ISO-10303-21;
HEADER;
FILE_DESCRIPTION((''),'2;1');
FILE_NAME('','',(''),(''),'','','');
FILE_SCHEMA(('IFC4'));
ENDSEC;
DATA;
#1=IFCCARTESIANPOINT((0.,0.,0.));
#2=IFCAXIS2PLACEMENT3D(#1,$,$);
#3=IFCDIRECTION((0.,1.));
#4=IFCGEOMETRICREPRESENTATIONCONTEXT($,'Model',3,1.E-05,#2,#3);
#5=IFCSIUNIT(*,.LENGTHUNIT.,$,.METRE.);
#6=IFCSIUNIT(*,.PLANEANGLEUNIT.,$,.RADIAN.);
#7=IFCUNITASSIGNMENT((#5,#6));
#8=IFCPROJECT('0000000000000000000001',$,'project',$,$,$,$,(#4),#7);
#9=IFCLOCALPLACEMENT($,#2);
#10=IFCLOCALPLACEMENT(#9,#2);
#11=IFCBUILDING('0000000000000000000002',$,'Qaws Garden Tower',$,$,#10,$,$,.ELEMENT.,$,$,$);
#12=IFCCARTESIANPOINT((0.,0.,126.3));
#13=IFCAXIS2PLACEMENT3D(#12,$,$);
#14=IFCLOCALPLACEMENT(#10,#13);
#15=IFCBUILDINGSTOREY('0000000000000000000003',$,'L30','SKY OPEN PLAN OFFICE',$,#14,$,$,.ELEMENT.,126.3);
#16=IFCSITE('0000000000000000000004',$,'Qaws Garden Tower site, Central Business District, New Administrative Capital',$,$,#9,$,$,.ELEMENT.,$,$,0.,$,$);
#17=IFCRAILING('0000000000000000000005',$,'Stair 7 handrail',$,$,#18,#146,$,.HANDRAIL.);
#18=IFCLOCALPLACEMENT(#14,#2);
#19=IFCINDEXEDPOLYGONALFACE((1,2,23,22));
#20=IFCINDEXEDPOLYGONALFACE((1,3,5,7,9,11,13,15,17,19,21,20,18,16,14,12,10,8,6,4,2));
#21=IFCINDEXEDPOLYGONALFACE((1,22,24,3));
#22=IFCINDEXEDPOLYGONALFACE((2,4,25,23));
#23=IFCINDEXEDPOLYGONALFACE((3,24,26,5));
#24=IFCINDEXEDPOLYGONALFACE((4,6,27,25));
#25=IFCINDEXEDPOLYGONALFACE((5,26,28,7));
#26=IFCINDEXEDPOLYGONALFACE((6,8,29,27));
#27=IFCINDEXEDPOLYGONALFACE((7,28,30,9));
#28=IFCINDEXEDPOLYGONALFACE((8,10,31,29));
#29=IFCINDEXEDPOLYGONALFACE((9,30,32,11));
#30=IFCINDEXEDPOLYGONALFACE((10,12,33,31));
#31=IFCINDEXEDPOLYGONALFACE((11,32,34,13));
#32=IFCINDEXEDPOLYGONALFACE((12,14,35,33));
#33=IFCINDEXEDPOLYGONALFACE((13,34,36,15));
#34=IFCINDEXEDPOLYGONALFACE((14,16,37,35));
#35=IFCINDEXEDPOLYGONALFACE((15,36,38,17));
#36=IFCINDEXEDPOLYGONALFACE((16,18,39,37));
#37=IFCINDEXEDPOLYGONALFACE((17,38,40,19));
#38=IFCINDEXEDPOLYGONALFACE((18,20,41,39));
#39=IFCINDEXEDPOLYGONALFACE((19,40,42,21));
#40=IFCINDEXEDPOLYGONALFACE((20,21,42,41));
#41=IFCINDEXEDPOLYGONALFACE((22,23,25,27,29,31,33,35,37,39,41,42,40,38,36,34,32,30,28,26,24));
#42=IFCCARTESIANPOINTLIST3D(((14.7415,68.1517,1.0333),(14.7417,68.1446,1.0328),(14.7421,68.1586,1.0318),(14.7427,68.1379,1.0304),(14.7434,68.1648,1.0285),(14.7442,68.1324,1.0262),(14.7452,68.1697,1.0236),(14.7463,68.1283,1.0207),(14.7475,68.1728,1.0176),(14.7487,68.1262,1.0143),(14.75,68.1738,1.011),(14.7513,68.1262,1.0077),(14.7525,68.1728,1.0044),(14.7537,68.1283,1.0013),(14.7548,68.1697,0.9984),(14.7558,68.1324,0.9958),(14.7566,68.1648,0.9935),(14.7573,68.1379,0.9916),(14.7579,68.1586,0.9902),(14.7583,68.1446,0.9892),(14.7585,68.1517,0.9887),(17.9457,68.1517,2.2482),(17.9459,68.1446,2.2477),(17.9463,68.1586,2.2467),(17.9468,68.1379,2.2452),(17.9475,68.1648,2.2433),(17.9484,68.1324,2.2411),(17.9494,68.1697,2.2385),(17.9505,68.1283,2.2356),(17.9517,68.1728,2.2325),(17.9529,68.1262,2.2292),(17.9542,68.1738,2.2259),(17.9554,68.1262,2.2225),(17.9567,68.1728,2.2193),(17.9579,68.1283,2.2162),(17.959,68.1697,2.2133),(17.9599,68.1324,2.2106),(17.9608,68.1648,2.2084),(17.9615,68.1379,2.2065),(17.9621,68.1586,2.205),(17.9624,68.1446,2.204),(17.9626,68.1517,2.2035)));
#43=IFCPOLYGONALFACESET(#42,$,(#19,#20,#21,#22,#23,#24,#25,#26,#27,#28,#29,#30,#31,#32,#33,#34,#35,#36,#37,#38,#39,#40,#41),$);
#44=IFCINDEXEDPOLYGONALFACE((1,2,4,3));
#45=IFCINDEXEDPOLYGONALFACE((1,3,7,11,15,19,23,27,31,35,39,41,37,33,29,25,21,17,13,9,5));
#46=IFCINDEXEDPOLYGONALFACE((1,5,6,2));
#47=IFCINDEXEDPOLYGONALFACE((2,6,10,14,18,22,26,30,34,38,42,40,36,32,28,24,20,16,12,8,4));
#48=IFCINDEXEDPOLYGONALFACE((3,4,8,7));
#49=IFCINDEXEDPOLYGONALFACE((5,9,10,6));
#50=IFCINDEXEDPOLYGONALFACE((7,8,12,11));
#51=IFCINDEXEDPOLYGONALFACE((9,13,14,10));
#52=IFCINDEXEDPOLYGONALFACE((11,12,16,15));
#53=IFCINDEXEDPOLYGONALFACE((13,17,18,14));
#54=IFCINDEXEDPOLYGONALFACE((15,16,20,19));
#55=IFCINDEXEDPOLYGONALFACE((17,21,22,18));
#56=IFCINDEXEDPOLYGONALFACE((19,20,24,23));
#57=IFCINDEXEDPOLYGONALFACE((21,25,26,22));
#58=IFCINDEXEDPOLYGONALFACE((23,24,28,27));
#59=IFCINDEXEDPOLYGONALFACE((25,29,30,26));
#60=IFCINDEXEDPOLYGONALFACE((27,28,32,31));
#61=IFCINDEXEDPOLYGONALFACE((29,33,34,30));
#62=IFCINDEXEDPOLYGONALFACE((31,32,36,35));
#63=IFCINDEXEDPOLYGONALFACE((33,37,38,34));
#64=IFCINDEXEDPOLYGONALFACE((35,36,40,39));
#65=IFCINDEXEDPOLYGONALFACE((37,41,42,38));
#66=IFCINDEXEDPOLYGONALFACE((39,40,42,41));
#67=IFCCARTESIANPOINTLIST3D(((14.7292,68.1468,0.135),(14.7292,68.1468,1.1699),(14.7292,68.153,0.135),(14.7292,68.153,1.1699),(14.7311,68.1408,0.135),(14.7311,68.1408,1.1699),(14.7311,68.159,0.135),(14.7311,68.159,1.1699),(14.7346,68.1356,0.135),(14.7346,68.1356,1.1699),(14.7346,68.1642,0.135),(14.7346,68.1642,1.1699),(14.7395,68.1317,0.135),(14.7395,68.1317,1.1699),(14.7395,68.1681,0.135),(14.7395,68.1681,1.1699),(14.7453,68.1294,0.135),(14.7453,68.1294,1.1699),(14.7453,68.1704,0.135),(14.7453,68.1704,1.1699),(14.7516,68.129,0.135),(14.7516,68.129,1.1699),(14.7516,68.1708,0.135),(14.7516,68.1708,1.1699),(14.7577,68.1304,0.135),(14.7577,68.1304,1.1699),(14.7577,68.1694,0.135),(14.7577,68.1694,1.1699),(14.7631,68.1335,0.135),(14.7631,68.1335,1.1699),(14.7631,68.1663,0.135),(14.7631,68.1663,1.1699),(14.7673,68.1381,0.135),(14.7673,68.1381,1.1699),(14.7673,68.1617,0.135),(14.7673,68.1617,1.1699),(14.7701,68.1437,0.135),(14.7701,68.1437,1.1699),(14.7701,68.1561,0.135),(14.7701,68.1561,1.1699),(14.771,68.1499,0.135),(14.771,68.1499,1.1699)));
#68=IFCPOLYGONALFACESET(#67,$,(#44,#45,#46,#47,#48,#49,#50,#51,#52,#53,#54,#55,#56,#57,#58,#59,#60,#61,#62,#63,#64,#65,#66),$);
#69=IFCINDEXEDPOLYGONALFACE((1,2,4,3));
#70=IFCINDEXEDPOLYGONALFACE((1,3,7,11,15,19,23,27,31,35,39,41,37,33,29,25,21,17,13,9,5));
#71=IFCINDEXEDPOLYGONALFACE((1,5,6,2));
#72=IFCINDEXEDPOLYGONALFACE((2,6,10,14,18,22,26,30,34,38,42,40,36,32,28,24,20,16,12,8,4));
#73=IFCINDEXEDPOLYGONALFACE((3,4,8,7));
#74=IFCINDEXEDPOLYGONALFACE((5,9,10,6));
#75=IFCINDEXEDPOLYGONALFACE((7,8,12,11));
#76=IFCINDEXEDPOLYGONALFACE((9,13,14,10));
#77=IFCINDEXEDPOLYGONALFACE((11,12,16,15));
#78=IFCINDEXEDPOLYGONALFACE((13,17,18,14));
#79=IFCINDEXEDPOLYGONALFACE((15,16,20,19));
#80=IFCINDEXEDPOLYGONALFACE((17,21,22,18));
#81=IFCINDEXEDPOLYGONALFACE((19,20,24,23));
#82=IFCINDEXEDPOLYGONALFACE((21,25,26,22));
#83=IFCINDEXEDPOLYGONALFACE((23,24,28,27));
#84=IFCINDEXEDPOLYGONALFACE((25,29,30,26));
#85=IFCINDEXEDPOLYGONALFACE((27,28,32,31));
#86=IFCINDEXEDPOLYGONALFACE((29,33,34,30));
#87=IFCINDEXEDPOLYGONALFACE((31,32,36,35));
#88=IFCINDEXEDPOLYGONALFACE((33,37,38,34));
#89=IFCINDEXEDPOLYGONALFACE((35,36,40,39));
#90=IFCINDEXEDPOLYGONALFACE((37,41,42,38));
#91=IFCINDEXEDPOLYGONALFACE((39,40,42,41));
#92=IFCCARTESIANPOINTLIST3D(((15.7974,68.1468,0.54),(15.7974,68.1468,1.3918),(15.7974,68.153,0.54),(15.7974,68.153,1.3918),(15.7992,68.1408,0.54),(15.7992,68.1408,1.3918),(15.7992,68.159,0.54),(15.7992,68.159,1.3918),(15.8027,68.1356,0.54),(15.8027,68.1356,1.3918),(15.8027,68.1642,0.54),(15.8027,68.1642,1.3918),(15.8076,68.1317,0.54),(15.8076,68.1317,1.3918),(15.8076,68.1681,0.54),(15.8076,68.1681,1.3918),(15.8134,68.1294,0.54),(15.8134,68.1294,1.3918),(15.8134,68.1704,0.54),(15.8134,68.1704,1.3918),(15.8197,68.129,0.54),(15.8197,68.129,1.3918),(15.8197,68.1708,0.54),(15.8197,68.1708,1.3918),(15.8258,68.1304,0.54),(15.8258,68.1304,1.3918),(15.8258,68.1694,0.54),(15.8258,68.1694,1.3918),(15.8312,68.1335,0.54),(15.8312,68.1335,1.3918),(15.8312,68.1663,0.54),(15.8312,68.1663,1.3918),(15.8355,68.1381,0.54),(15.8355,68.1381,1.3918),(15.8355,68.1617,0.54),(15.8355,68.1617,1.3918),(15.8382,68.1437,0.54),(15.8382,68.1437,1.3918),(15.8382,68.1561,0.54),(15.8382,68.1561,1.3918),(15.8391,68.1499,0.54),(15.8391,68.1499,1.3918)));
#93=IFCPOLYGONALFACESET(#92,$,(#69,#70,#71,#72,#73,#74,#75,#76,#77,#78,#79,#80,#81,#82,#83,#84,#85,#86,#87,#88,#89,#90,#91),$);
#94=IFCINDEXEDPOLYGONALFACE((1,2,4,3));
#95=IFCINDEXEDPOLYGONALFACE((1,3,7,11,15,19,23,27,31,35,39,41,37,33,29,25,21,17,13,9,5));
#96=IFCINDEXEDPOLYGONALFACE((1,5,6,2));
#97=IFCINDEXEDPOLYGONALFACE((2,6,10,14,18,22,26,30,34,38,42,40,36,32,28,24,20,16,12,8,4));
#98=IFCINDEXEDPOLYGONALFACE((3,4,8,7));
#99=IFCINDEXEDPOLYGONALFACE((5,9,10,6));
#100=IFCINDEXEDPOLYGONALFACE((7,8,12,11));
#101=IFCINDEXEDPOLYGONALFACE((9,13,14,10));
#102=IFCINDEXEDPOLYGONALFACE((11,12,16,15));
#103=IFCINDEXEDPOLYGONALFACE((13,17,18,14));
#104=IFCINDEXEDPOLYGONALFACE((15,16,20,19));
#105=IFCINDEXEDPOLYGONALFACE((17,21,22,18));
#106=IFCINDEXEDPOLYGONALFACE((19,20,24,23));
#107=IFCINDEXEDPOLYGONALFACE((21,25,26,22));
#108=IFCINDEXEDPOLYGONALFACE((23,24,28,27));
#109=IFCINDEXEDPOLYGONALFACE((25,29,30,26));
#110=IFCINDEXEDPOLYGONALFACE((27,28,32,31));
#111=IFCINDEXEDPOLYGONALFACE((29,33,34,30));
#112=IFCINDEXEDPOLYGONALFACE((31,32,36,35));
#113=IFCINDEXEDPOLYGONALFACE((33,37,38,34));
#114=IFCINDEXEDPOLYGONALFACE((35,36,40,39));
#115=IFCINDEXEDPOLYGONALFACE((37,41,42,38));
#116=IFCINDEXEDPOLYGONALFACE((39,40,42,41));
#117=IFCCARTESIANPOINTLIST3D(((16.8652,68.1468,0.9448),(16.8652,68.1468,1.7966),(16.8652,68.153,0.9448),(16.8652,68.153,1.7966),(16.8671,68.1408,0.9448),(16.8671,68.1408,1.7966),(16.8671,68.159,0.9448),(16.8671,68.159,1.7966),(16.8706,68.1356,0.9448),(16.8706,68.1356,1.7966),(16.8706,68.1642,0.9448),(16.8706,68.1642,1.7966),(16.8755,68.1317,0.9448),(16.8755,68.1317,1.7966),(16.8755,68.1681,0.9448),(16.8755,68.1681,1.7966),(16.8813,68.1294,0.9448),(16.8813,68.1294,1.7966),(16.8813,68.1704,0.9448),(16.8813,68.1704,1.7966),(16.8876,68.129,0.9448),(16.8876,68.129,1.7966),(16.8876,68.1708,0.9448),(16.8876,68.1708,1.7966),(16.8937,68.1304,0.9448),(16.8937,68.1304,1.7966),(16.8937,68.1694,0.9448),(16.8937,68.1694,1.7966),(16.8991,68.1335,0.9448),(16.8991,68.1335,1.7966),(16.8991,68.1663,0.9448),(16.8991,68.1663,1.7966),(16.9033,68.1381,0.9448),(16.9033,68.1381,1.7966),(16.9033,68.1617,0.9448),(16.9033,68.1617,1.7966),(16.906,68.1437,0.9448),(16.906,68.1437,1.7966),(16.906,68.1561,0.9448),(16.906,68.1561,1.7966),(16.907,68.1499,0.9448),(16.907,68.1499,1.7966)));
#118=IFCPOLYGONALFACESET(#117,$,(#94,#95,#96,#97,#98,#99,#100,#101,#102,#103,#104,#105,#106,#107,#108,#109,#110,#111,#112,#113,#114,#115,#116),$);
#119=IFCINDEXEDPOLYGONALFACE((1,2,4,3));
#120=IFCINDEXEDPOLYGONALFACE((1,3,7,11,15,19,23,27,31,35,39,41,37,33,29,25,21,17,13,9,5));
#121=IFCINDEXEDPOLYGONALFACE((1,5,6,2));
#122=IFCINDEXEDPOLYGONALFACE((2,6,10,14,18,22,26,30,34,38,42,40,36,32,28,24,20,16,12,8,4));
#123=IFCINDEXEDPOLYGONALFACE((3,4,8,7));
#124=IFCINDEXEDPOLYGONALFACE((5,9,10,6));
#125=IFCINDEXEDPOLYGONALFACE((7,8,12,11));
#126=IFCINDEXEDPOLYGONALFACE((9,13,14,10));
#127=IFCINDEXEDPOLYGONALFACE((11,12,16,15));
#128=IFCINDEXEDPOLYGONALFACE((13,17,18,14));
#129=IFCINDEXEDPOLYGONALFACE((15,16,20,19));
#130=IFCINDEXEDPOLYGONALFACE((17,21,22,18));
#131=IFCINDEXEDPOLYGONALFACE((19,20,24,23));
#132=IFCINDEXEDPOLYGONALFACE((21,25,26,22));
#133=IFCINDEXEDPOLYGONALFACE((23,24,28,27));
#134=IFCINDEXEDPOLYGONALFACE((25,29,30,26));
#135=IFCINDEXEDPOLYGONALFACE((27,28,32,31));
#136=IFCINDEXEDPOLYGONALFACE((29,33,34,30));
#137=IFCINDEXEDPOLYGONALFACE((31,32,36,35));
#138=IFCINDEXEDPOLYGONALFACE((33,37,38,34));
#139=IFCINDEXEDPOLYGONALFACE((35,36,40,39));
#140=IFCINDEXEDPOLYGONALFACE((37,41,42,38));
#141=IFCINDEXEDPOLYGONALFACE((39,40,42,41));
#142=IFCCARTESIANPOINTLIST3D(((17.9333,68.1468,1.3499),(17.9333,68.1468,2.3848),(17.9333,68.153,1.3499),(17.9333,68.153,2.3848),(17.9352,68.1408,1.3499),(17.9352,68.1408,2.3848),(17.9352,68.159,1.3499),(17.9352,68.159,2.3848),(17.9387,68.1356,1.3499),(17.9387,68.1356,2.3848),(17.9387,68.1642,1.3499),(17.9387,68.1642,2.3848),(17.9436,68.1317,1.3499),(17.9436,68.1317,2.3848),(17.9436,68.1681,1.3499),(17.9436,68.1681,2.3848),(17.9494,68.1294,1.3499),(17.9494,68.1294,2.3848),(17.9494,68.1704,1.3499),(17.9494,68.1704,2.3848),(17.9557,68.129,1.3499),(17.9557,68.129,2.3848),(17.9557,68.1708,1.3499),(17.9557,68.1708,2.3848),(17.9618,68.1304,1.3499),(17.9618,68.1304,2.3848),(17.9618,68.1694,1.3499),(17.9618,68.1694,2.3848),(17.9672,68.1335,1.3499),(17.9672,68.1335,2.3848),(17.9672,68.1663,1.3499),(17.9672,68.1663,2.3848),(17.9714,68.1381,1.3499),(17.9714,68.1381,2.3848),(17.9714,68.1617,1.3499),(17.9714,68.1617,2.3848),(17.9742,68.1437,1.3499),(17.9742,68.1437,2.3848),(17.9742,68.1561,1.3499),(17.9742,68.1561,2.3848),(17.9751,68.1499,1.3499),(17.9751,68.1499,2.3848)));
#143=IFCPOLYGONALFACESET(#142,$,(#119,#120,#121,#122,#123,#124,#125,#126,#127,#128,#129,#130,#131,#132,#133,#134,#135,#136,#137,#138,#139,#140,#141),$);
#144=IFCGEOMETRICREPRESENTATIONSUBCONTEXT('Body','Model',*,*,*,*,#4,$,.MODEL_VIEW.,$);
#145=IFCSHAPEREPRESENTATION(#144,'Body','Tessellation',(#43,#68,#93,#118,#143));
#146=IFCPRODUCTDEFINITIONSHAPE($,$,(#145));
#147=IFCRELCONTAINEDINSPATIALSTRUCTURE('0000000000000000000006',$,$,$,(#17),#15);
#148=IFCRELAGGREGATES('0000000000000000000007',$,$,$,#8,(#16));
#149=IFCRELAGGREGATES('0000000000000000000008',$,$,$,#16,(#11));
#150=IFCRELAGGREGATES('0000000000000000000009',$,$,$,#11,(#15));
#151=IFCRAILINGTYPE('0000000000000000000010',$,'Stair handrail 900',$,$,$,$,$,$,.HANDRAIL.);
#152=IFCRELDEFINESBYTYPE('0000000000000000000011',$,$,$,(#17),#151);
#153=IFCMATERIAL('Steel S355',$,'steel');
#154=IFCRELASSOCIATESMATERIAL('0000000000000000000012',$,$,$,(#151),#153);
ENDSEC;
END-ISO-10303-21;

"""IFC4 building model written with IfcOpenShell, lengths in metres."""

from ifc_helpers import new_model, si_unit, direction, frame, origin, origin_2d, place, context, subcontext, project, spatial, circle, extrude, material, type_object, element, save


model = new_model("IFC4")

# Units and contexts
model_context = context("Model", 3, precision=1e-05, world=origin(), true_north=direction((0.0, 1.0)))
body_context = subcontext(model_context, "Body", "Model", "MODEL_VIEW")
ifc_project = project(units=[si_unit("LENGTHUNIT", "METRE"), si_unit("PLANEANGLEUNIT", "RADIAN")], contexts=[model_context])

# Site, building, storey
site_placement = place(None, origin())
site = spatial("IfcSite", under=ifc_project, at=site_placement, Name="Qaws Garden Tower site, Central Business District, New Administrative Capital", CompositionType="ELEMENT", RefElevation=0.0)
building_placement = place(site_placement, origin())
building = spatial("IfcBuilding", under=site, at=building_placement, Name="Qaws Garden Tower", CompositionType="ELEMENT")
storey_placement = place(building_placement, frame((0.0, 0.0, 126.3)))
storey = spatial("IfcBuildingStorey", under=building, at=storey_placement, Name="L30", Description="SKY OPEN PLAN OFFICE", CompositionType="ELEMENT", Elevation=126.3)

# Railing
ifc_material_1 = material(Name="Steel S355", Category="steel")
railing_type = type_object("IfcRailingType", Name="Stair handrail 900", PredefinedType="HANDRAIL", material=ifc_material_1)
railing_1_placement = place(storey_placement, frame((14.75, 68.1499, 0.135)))
element("IfcRailing", 1, at=railing_1_placement, inside=storey, type_object=railing_type, Name="Stair 7 handrail", PredefinedType="HANDRAIL", context=body_context, shape_type="SweptSolid", body=[
    extrude(circle(Radius=0.0239, at=origin_2d()), frame((0.0, 0.0, 0.876), z_axis=(0.935046, 0.0, 0.354525), x_axis=(0.0, 1.0, 0.0)), (0.0, 0.0, 1.0), 3.4268),
    extrude(circle(Radius=0.021, at=origin_2d()), origin(), (0.0, 0.0, 1.0), 1.0349),
    extrude(circle(Radius=0.021, at=origin_2d()), frame((1.0681, 0.0, 0.405)), (0.0, 0.0, 1.0), 0.8518),
    extrude(circle(Radius=0.021, at=origin_2d()), frame((2.136, 0.0, 0.8098)), (0.0, 0.0, 1.0), 0.8518),
    extrude(circle(Radius=0.021, at=origin_2d()), frame((3.2041, 0.0, 1.2148)), (0.0, 0.0, 1.0), 1.0349),
])

save(model, "model.ifc")
